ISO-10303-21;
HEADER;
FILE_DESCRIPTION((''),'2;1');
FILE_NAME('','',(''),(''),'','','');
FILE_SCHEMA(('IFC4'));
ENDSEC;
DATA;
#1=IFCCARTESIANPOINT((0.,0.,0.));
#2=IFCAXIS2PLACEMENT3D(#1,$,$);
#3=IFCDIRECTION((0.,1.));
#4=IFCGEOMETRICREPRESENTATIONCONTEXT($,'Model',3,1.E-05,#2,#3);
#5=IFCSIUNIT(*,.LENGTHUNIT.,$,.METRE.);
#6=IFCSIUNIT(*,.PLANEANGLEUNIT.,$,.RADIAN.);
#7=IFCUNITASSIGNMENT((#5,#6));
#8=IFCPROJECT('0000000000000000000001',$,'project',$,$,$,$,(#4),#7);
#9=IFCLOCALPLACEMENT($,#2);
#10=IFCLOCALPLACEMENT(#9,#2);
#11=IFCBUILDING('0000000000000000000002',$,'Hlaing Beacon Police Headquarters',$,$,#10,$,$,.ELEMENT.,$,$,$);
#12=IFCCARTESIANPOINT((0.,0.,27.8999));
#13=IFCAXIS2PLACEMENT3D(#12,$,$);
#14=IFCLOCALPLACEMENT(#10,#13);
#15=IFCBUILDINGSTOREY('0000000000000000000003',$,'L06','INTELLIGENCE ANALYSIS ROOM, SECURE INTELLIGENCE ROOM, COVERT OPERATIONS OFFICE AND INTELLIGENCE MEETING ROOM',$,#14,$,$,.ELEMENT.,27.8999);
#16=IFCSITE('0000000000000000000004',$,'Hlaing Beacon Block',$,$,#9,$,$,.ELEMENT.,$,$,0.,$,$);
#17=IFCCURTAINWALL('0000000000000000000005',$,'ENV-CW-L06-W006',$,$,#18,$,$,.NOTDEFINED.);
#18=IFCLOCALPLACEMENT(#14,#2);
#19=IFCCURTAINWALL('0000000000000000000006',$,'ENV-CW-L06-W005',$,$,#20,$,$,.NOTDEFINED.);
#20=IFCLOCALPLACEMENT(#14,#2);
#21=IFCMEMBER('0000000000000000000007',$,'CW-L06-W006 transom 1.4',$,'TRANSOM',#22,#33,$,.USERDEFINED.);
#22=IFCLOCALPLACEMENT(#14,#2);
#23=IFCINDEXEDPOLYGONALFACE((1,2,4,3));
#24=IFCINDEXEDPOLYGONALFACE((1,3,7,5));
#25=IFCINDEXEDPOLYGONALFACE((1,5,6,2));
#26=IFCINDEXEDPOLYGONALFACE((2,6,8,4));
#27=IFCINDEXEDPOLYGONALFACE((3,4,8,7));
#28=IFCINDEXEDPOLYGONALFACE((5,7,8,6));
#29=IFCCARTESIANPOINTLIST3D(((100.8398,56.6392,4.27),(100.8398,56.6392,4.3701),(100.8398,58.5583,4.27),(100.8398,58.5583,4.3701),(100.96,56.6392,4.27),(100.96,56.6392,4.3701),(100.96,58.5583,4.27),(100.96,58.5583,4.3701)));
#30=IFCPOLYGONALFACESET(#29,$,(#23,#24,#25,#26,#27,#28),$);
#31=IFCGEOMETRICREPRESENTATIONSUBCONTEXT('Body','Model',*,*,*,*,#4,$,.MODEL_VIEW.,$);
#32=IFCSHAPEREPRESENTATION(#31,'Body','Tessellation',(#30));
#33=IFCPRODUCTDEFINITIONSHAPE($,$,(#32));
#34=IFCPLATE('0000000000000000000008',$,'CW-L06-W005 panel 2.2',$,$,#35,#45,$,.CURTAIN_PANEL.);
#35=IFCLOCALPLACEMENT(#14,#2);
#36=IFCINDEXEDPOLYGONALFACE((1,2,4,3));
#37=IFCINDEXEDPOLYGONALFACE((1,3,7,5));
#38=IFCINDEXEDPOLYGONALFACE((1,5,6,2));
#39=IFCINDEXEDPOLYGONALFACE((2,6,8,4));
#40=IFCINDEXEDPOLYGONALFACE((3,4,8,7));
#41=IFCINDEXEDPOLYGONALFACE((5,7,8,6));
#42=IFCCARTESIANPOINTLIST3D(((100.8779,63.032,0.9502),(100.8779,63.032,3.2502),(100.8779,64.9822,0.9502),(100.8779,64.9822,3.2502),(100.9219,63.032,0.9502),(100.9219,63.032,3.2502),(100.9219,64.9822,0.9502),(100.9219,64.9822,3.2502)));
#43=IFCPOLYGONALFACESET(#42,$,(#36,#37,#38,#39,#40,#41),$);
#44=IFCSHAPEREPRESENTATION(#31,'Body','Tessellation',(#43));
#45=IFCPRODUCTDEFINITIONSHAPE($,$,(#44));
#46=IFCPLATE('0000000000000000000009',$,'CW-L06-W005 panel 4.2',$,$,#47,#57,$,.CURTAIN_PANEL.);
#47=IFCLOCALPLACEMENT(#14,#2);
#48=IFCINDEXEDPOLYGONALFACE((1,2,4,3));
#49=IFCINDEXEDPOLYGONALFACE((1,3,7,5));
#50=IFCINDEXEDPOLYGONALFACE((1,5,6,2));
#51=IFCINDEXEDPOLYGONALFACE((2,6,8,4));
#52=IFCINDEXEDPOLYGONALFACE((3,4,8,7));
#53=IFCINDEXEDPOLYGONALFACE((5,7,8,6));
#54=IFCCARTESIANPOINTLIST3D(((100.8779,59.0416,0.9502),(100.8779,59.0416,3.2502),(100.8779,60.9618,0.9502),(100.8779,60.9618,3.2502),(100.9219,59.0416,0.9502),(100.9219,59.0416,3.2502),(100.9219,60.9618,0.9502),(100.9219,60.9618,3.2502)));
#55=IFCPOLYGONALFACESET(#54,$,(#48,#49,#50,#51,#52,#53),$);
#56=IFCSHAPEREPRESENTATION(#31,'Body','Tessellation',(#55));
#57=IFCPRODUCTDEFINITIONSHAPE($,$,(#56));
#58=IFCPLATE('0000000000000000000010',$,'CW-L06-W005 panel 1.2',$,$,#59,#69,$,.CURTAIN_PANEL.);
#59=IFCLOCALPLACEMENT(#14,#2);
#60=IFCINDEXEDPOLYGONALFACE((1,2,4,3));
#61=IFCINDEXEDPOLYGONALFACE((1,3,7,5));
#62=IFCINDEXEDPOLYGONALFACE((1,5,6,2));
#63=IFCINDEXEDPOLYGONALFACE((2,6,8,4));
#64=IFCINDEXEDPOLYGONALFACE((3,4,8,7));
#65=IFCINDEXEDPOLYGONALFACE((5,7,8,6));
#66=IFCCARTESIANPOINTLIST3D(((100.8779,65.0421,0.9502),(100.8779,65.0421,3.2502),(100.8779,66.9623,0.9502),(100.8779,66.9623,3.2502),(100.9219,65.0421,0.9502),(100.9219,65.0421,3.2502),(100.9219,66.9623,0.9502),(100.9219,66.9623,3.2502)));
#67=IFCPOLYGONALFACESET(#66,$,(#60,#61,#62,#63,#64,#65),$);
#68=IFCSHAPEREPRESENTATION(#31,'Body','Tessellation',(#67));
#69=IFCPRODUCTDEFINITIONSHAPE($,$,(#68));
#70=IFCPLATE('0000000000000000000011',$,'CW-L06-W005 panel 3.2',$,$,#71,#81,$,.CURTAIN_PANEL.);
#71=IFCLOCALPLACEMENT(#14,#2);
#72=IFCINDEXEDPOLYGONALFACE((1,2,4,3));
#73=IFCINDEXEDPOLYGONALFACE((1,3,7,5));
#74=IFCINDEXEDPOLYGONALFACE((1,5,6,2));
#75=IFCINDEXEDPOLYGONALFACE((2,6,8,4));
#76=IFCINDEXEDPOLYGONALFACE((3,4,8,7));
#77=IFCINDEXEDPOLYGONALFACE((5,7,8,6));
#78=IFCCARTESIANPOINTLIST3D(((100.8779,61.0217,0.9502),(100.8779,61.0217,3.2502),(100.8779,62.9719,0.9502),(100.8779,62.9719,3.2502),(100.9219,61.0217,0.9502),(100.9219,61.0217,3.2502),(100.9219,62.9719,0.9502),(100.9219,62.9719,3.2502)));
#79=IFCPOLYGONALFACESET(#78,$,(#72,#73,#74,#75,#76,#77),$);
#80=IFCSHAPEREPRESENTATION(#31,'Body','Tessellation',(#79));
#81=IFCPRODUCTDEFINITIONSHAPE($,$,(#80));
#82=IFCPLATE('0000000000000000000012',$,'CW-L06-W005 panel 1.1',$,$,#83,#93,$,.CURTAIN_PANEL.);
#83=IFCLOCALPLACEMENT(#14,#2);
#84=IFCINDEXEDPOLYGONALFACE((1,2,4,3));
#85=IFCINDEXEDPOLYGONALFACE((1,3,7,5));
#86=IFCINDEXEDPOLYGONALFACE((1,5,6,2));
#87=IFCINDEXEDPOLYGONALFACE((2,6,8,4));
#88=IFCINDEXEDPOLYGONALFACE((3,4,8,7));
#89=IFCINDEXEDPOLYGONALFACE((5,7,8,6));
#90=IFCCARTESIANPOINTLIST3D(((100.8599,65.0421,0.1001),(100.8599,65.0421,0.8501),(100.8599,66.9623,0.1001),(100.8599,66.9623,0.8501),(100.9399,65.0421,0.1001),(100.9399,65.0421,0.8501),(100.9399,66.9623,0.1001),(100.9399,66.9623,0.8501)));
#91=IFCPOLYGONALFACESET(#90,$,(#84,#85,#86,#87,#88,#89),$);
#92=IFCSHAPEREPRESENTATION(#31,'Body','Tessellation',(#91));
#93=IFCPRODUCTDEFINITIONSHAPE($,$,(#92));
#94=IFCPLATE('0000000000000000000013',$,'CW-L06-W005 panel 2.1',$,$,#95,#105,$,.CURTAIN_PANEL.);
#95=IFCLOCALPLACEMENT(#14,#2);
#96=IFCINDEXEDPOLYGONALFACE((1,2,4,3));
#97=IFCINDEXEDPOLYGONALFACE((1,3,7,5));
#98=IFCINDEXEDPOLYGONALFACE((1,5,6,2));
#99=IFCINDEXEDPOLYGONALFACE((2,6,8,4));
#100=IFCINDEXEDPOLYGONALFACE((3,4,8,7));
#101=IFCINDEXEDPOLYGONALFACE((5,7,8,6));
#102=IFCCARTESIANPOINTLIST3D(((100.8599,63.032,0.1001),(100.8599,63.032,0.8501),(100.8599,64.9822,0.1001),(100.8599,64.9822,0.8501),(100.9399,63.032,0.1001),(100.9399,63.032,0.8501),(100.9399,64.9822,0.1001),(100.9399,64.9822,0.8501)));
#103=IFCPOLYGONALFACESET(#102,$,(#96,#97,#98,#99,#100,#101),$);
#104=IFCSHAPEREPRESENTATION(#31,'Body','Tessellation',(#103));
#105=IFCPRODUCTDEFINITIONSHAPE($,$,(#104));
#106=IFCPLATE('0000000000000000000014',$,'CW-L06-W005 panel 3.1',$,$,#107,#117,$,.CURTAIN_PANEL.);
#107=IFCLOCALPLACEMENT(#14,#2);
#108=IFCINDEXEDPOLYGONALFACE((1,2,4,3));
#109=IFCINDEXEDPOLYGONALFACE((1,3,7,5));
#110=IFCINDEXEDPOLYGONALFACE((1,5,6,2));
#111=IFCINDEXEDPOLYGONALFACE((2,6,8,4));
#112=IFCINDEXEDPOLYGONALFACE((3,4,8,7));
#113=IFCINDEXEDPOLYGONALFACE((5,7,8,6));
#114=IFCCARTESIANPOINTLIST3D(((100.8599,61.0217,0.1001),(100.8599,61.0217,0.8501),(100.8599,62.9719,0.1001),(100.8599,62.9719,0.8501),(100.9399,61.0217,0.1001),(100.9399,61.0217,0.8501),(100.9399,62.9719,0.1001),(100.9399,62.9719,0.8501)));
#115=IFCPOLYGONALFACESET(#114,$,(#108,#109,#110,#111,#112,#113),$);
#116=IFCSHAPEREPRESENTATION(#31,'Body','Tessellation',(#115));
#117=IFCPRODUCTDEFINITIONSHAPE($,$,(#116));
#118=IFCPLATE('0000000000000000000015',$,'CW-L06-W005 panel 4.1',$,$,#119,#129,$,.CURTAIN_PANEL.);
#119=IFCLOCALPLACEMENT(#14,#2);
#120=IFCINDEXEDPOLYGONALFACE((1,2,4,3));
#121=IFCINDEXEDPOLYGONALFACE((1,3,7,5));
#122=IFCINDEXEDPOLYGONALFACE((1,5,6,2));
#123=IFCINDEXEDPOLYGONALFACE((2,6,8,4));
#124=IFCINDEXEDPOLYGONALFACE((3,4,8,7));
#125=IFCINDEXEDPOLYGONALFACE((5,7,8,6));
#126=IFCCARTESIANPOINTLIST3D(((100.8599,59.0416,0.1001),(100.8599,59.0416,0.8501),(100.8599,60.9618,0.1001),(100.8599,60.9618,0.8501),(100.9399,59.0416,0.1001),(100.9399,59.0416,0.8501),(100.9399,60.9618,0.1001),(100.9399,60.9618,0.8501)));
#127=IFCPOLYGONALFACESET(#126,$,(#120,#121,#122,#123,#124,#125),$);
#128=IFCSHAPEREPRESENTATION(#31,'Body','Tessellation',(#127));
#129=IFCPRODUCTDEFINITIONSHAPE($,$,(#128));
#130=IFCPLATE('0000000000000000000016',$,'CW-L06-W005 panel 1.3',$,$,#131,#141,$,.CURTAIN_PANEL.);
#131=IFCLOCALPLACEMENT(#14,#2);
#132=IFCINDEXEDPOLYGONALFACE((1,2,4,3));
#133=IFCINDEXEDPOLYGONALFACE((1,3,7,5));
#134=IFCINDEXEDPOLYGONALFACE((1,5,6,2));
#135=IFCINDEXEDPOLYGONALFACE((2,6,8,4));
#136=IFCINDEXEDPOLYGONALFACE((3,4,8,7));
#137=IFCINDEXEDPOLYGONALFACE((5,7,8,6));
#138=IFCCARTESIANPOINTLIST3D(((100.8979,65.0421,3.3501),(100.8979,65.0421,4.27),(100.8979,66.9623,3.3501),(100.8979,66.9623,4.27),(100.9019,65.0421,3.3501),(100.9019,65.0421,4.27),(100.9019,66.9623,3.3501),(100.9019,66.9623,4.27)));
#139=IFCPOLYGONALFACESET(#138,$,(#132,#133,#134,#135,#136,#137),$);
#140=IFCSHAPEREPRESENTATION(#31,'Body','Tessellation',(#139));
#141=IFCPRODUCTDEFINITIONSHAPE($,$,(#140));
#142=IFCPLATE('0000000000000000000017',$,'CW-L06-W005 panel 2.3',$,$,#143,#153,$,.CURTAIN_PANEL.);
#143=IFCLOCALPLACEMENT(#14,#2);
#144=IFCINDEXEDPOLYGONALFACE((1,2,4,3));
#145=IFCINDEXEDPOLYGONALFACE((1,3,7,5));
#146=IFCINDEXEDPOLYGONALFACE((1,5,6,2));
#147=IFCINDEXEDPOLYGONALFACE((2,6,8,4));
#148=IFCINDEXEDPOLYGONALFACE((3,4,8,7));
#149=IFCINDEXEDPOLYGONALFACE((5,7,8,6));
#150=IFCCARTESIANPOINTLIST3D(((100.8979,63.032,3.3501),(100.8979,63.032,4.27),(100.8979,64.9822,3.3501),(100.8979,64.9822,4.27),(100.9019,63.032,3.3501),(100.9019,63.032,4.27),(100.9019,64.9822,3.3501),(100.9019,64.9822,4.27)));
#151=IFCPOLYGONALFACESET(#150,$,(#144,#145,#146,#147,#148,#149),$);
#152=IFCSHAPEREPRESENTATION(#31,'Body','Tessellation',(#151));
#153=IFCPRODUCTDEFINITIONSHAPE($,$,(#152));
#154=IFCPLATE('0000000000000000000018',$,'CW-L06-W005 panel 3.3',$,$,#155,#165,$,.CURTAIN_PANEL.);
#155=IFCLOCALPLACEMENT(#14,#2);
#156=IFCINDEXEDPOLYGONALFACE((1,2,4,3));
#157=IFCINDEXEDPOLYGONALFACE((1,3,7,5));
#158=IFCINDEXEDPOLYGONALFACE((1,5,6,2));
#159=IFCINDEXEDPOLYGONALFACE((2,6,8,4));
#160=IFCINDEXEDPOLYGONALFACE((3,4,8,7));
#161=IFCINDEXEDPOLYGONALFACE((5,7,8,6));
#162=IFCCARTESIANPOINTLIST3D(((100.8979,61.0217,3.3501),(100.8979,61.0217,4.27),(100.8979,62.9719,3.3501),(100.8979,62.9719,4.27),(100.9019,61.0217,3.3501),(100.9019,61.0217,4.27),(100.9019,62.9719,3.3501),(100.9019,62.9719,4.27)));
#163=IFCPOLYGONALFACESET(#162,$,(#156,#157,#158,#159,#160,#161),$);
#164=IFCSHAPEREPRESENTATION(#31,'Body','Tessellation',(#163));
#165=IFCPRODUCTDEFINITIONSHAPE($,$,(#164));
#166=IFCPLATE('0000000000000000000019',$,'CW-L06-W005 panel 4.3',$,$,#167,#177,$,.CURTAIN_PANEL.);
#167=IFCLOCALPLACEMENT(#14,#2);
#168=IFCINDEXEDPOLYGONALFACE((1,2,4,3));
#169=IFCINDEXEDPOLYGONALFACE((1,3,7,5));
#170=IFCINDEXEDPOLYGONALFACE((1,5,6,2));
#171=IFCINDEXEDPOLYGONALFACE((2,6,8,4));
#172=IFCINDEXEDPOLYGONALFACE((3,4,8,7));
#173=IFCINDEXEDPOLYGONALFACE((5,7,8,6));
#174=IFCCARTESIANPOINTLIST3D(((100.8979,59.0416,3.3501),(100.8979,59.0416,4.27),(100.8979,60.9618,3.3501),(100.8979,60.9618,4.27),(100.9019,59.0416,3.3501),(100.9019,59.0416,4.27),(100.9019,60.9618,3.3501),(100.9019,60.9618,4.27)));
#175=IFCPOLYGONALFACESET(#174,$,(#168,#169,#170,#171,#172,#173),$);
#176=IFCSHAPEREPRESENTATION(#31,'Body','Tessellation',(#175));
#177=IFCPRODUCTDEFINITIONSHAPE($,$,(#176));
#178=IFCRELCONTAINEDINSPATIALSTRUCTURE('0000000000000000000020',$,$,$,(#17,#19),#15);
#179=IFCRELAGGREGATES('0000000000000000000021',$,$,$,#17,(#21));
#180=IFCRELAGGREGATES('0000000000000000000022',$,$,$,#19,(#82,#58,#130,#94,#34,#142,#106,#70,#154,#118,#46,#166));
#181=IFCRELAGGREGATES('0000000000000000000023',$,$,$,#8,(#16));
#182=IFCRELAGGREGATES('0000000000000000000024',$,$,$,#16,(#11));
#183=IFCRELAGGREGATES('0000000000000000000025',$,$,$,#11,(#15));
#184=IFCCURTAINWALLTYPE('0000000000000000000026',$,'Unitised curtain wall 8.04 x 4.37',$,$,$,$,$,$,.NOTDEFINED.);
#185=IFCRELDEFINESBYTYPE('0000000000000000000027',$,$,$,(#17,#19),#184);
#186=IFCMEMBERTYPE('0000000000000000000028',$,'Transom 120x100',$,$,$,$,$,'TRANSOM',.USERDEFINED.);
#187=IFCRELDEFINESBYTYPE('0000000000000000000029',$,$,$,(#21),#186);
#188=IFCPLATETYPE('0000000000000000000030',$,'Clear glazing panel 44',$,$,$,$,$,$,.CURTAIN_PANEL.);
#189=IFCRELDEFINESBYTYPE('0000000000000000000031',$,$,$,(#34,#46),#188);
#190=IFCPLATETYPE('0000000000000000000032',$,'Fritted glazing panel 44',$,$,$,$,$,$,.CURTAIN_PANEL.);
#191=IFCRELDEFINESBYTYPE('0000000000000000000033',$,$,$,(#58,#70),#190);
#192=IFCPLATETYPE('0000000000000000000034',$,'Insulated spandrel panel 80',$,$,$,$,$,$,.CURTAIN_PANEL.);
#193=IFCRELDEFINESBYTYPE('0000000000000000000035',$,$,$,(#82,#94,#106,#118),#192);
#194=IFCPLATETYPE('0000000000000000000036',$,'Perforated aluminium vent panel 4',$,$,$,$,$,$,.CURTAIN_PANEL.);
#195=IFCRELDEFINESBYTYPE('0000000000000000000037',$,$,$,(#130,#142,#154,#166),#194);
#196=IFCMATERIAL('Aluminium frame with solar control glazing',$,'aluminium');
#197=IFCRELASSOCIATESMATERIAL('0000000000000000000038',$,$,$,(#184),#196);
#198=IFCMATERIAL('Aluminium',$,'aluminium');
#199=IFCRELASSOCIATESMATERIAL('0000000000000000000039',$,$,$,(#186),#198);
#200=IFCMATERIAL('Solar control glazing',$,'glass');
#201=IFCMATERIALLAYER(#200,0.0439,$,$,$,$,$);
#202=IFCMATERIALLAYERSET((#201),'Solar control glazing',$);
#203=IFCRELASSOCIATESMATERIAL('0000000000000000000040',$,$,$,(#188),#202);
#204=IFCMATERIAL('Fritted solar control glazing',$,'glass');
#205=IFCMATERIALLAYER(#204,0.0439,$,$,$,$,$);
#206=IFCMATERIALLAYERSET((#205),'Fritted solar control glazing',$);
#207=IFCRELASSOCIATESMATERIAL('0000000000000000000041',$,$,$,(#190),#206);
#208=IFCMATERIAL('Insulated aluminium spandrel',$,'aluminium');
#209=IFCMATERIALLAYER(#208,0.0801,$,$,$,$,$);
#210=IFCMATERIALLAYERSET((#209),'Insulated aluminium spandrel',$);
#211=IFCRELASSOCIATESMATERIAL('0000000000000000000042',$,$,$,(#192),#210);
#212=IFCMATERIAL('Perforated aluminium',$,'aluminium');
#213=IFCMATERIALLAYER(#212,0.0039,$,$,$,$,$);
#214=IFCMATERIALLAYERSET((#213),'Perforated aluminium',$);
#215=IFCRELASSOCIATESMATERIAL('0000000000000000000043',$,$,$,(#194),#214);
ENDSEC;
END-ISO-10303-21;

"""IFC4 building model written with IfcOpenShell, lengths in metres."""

from ifc_helpers import new_model, si_unit, direction, frame, origin, origin_2d, place, context, subcontext, project, spatial, rectangle, extrude, material, layer, layer_set, material_profile, profile_set, type_object, element, aggregate, save


model = new_model("IFC4")

# Units and contexts
model_context = context("Model", 3, precision=1e-05, world=origin(), true_north=direction((0.0, 1.0)))
body_context = subcontext(model_context, "Body", "Model", "MODEL_VIEW")
ifc_project = project(units=[si_unit("LENGTHUNIT", "METRE"), si_unit("PLANEANGLEUNIT", "RADIAN")], contexts=[model_context])

# Site, building, storey
site_placement = place(None, origin())
site = spatial("IfcSite", under=ifc_project, at=site_placement, Name="Hlaing Beacon Block", CompositionType="ELEMENT", RefElevation=0.0)
building_placement = place(site_placement, origin())
building = spatial("IfcBuilding", under=site, at=building_placement, Name="Hlaing Beacon Police Headquarters", CompositionType="ELEMENT")
storey_placement = place(building_placement, frame((0.0, 0.0, 27.8999)))
storey = spatial("IfcBuildingStorey", under=building, at=storey_placement, Name="L06", Description="INTELLIGENCE ANALYSIS ROOM, SECURE INTELLIGENCE ROOM, COVERT OPERATIONS OFFICE AND INTELLIGENCE MEETING ROOM", CompositionType="ELEMENT", Elevation=27.8999)

# Curtain wall
ifc_material_1 = material(Name="Aluminium frame with solar control glazing", Category="aluminium")
curtain_wall_type = type_object("IfcCurtainWallType", Name="Unitised curtain wall 8.04 x 4.37", PredefinedType="NOTDEFINED", material=ifc_material_1)
curtain_wall_1_placement = place(storey_placement, origin())
curtain_wall_1 = element("IfcCurtainWall", 1, at=curtain_wall_1_placement, inside=storey, type_object=curtain_wall_type, Name="ENV-CW-L06-W006", PredefinedType="NOTDEFINED")

# Curtain wall
curtain_wall_2_placement = place(storey_placement, origin())
curtain_wall_2 = element("IfcCurtainWall", 2, at=curtain_wall_2_placement, inside=storey, type_object=curtain_wall_type, Name="ENV-CW-L06-W005", PredefinedType="NOTDEFINED")
ifc_material_2 = material(Name="Aluminium", Category="aluminium")
ifc_material_profile_1 = material_profile(ifc_material_2, rectangle(XDim=0.1201, YDim=0.1001, at=origin_2d()), Name="Transom 120x100")
ifc_profile_set_1 = profile_set([ifc_material_profile_1], Name="Aluminium")
member_type_1 = type_object("IfcMemberType", Name="Transom 120x100", ElementType="TRANSOM", PredefinedType="USERDEFINED", material=ifc_profile_set_1)

# Member
member_1_placement = place(storey_placement, frame((100.8999, 58.5583, 4.3201), z_axis=(0.0, -1.0, 0.0), x_axis=(1.0, 0.0, 0.0)))
member_1 = element("IfcMember", 3, at=member_1_placement, type_object=member_type_1, Name="CW-L06-W006 transom 1.4", ObjectType="TRANSOM", PredefinedType="USERDEFINED", context=body_context, shape_type="SweptSolid", body=[
    extrude(rectangle(XDim=0.1201, YDim=0.1001, at=origin_2d()), origin(), (0.0, 0.0, 1.0), 1.9192),
])
aggregate(curtain_wall_1, [member_1])

# Plates
ifc_material_3 = material(Name="Solar control glazing", Category="glass")
ifc_layer_1 = layer(ifc_material_3, 0.0439)
ifc_layer_set_1 = layer_set([ifc_layer_1], Name="Solar control glazing")
plate_type_1 = type_object("IfcPlateType", Name="Clear glazing panel 44", PredefinedType="CURTAIN_PANEL", material=ifc_layer_set_1)
plate_1_placement = place(storey_placement, frame((100.8999, 64.0071, 0.9502), z_axis=(0.0, 0.0, 1.0), x_axis=(0.0, -1.0, 0.0)))
plate_1 = element("IfcPlate", 4, at=plate_1_placement, type_object=plate_type_1, Name="CW-L06-W005 panel 2.2", PredefinedType="CURTAIN_PANEL", context=body_context, shape_type="SweptSolid", body=[
    extrude(rectangle(XDim=1.9502, YDim=0.0439, at=origin_2d()), origin(), (0.0, 0.0, 1.0), 2.3),
])
plate_2_placement = place(storey_placement, frame((100.8999, 60.0017, 0.9502), z_axis=(0.0, 0.0, 1.0), x_axis=(0.0, -1.0, 0.0)))
plate_2 = element("IfcPlate", 5, at=plate_2_placement, type_object=plate_type_1, Name="CW-L06-W005 panel 4.2", PredefinedType="CURTAIN_PANEL", context=body_context, shape_type="SweptSolid", body=[
    extrude(rectangle(XDim=1.9202, YDim=0.0439, at=origin_2d()), origin(), (0.0, 0.0, 1.0), 2.3),
])
ifc_material_4 = material(Name="Fritted solar control glazing", Category="glass")
ifc_layer_2 = layer(ifc_material_4, 0.0439)
ifc_layer_set_2 = layer_set([ifc_layer_2], Name="Fritted solar control glazing")
plate_type_2 = type_object("IfcPlateType", Name="Fritted glazing panel 44", PredefinedType="CURTAIN_PANEL", material=ifc_layer_set_2)
plate_3_placement = place(storey_placement, frame((100.8999, 66.0022, 0.9502), z_axis=(0.0, 0.0, 1.0), x_axis=(0.0, -1.0, 0.0)))
plate_3 = element("IfcPlate", 6, at=plate_3_placement, type_object=plate_type_2, Name="CW-L06-W005 panel 1.2", PredefinedType="CURTAIN_PANEL", context=body_context, shape_type="SweptSolid", body=[
    extrude(rectangle(XDim=1.9202, YDim=0.0439, at=origin_2d()), origin(), (0.0, 0.0, 1.0), 2.3),
])
plate_4_placement = place(storey_placement, frame((100.8999, 61.9968, 0.9502), z_axis=(0.0, 0.0, 1.0), x_axis=(0.0, -1.0, 0.0)))
plate_4 = element("IfcPlate", 7, at=plate_4_placement, type_object=plate_type_2, Name="CW-L06-W005 panel 3.2", PredefinedType="CURTAIN_PANEL", context=body_context, shape_type="SweptSolid", body=[
    extrude(rectangle(XDim=1.9502, YDim=0.0439, at=origin_2d()), origin(), (0.0, 0.0, 1.0), 2.3),
])
ifc_material_5 = material(Name="Insulated aluminium spandrel", Category="aluminium")
ifc_layer_3 = layer(ifc_material_5, 0.0801)
ifc_layer_set_3 = layer_set([ifc_layer_3], Name="Insulated aluminium spandrel")
plate_type_3 = type_object("IfcPlateType", Name="Insulated spandrel panel 80", PredefinedType="CURTAIN_PANEL", material=ifc_layer_set_3)
plate_5_placement = place(storey_placement, frame((100.8999, 66.0022, 0.1001), z_axis=(0.0, 0.0, 1.0), x_axis=(0.0, -1.0, 0.0)))
plate_5 = element("IfcPlate", 8, at=plate_5_placement, type_object=plate_type_3, Name="CW-L06-W005 panel 1.1", PredefinedType="CURTAIN_PANEL", context=body_context, shape_type="SweptSolid", body=[
    extrude(rectangle(XDim=1.9202, YDim=0.0801, at=origin_2d()), origin(), (0.0, 0.0, 1.0), 0.75),
])
plate_6_placement = place(storey_placement, frame((100.8999, 64.0071, 0.1001), z_axis=(0.0, 0.0, 1.0), x_axis=(0.0, -1.0, 0.0)))
plate_6 = element("IfcPlate", 9, at=plate_6_placement, type_object=plate_type_3, Name="CW-L06-W005 panel 2.1", PredefinedType="CURTAIN_PANEL", context=body_context, shape_type="SweptSolid", body=[
    extrude(rectangle(XDim=1.9502, YDim=0.0801, at=origin_2d()), origin(), (0.0, 0.0, 1.0), 0.75),
])
plate_7_placement = place(storey_placement, frame((100.8999, 61.9968, 0.1001), z_axis=(0.0, 0.0, 1.0), x_axis=(0.0, -1.0, 0.0)))
plate_7 = element("IfcPlate", 10, at=plate_7_placement, type_object=plate_type_3, Name="CW-L06-W005 panel 3.1", PredefinedType="CURTAIN_PANEL", context=body_context, shape_type="SweptSolid", body=[
    extrude(rectangle(XDim=1.9502, YDim=0.0801, at=origin_2d()), origin(), (0.0, 0.0, 1.0), 0.75),
])
plate_8_placement = place(storey_placement, frame((100.8999, 60.0017, 0.1001), z_axis=(0.0, 0.0, 1.0), x_axis=(0.0, -1.0, 0.0)))
plate_8 = element("IfcPlate", 11, at=plate_8_placement, type_object=plate_type_3, Name="CW-L06-W005 panel 4.1", PredefinedType="CURTAIN_PANEL", context=body_context, shape_type="SweptSolid", body=[
    extrude(rectangle(XDim=1.9202, YDim=0.0801, at=origin_2d()), origin(), (0.0, 0.0, 1.0), 0.75),
])
ifc_material_6 = material(Name="Perforated aluminium", Category="aluminium")
ifc_layer_4 = layer(ifc_material_6, 0.0039)
ifc_layer_set_4 = layer_set([ifc_layer_4], Name="Perforated aluminium")
plate_type_4 = type_object("IfcPlateType", Name="Perforated aluminium vent panel 4", PredefinedType="CURTAIN_PANEL", material=ifc_layer_set_4)
plate_9_placement = place(storey_placement, frame((100.8999, 66.0022, 3.3501), z_axis=(0.0, 0.0, 1.0), x_axis=(0.0, -1.0, 0.0)))
plate_9 = element("IfcPlate", 12, at=plate_9_placement, type_object=plate_type_4, Name="CW-L06-W005 panel 1.3", PredefinedType="CURTAIN_PANEL", context=body_context, shape_type="SweptSolid", body=[
    extrude(rectangle(XDim=1.9202, YDim=0.0039, at=origin_2d()), origin(), (0.0, 0.0, 1.0), 0.9199),
])
plate_10_placement = place(storey_placement, frame((100.8999, 64.0071, 3.3501), z_axis=(0.0, 0.0, 1.0), x_axis=(0.0, -1.0, 0.0)))
plate_10 = element("IfcPlate", 13, at=plate_10_placement, type_object=plate_type_4, Name="CW-L06-W005 panel 2.3", PredefinedType="CURTAIN_PANEL", context=body_context, shape_type="SweptSolid", body=[
    extrude(rectangle(XDim=1.9502, YDim=0.0039, at=origin_2d()), origin(), (0.0, 0.0, 1.0), 0.9199),
])
plate_11_placement = place(storey_placement, frame((100.8999, 61.9968, 3.3501), z_axis=(0.0, 0.0, 1.0), x_axis=(0.0, -1.0, 0.0)))
plate_11 = element("IfcPlate", 14, at=plate_11_placement, type_object=plate_type_4, Name="CW-L06-W005 panel 3.3", PredefinedType="CURTAIN_PANEL", context=body_context, shape_type="SweptSolid", body=[
    extrude(rectangle(XDim=1.9502, YDim=0.0039, at=origin_2d()), origin(), (0.0, 0.0, 1.0), 0.9199),
])
plate_12_placement = place(storey_placement, frame((100.8999, 60.0017, 3.3501), z_axis=(0.0, 0.0, 1.0), x_axis=(0.0, -1.0, 0.0)))
plate_12 = element("IfcPlate", 15, at=plate_12_placement, type_object=plate_type_4, Name="CW-L06-W005 panel 4.3", PredefinedType="CURTAIN_PANEL", context=body_context, shape_type="SweptSolid", body=[
    extrude(rectangle(XDim=1.9202, YDim=0.0039, at=origin_2d()), origin(), (0.0, 0.0, 1.0), 0.9199),
])
aggregate(curtain_wall_2, [plate_5, plate_3, plate_9, plate_6, plate_1, plate_10, plate_7, plate_4, plate_11, plate_8, plate_2, plate_12])

save(model, "model.ifc")
